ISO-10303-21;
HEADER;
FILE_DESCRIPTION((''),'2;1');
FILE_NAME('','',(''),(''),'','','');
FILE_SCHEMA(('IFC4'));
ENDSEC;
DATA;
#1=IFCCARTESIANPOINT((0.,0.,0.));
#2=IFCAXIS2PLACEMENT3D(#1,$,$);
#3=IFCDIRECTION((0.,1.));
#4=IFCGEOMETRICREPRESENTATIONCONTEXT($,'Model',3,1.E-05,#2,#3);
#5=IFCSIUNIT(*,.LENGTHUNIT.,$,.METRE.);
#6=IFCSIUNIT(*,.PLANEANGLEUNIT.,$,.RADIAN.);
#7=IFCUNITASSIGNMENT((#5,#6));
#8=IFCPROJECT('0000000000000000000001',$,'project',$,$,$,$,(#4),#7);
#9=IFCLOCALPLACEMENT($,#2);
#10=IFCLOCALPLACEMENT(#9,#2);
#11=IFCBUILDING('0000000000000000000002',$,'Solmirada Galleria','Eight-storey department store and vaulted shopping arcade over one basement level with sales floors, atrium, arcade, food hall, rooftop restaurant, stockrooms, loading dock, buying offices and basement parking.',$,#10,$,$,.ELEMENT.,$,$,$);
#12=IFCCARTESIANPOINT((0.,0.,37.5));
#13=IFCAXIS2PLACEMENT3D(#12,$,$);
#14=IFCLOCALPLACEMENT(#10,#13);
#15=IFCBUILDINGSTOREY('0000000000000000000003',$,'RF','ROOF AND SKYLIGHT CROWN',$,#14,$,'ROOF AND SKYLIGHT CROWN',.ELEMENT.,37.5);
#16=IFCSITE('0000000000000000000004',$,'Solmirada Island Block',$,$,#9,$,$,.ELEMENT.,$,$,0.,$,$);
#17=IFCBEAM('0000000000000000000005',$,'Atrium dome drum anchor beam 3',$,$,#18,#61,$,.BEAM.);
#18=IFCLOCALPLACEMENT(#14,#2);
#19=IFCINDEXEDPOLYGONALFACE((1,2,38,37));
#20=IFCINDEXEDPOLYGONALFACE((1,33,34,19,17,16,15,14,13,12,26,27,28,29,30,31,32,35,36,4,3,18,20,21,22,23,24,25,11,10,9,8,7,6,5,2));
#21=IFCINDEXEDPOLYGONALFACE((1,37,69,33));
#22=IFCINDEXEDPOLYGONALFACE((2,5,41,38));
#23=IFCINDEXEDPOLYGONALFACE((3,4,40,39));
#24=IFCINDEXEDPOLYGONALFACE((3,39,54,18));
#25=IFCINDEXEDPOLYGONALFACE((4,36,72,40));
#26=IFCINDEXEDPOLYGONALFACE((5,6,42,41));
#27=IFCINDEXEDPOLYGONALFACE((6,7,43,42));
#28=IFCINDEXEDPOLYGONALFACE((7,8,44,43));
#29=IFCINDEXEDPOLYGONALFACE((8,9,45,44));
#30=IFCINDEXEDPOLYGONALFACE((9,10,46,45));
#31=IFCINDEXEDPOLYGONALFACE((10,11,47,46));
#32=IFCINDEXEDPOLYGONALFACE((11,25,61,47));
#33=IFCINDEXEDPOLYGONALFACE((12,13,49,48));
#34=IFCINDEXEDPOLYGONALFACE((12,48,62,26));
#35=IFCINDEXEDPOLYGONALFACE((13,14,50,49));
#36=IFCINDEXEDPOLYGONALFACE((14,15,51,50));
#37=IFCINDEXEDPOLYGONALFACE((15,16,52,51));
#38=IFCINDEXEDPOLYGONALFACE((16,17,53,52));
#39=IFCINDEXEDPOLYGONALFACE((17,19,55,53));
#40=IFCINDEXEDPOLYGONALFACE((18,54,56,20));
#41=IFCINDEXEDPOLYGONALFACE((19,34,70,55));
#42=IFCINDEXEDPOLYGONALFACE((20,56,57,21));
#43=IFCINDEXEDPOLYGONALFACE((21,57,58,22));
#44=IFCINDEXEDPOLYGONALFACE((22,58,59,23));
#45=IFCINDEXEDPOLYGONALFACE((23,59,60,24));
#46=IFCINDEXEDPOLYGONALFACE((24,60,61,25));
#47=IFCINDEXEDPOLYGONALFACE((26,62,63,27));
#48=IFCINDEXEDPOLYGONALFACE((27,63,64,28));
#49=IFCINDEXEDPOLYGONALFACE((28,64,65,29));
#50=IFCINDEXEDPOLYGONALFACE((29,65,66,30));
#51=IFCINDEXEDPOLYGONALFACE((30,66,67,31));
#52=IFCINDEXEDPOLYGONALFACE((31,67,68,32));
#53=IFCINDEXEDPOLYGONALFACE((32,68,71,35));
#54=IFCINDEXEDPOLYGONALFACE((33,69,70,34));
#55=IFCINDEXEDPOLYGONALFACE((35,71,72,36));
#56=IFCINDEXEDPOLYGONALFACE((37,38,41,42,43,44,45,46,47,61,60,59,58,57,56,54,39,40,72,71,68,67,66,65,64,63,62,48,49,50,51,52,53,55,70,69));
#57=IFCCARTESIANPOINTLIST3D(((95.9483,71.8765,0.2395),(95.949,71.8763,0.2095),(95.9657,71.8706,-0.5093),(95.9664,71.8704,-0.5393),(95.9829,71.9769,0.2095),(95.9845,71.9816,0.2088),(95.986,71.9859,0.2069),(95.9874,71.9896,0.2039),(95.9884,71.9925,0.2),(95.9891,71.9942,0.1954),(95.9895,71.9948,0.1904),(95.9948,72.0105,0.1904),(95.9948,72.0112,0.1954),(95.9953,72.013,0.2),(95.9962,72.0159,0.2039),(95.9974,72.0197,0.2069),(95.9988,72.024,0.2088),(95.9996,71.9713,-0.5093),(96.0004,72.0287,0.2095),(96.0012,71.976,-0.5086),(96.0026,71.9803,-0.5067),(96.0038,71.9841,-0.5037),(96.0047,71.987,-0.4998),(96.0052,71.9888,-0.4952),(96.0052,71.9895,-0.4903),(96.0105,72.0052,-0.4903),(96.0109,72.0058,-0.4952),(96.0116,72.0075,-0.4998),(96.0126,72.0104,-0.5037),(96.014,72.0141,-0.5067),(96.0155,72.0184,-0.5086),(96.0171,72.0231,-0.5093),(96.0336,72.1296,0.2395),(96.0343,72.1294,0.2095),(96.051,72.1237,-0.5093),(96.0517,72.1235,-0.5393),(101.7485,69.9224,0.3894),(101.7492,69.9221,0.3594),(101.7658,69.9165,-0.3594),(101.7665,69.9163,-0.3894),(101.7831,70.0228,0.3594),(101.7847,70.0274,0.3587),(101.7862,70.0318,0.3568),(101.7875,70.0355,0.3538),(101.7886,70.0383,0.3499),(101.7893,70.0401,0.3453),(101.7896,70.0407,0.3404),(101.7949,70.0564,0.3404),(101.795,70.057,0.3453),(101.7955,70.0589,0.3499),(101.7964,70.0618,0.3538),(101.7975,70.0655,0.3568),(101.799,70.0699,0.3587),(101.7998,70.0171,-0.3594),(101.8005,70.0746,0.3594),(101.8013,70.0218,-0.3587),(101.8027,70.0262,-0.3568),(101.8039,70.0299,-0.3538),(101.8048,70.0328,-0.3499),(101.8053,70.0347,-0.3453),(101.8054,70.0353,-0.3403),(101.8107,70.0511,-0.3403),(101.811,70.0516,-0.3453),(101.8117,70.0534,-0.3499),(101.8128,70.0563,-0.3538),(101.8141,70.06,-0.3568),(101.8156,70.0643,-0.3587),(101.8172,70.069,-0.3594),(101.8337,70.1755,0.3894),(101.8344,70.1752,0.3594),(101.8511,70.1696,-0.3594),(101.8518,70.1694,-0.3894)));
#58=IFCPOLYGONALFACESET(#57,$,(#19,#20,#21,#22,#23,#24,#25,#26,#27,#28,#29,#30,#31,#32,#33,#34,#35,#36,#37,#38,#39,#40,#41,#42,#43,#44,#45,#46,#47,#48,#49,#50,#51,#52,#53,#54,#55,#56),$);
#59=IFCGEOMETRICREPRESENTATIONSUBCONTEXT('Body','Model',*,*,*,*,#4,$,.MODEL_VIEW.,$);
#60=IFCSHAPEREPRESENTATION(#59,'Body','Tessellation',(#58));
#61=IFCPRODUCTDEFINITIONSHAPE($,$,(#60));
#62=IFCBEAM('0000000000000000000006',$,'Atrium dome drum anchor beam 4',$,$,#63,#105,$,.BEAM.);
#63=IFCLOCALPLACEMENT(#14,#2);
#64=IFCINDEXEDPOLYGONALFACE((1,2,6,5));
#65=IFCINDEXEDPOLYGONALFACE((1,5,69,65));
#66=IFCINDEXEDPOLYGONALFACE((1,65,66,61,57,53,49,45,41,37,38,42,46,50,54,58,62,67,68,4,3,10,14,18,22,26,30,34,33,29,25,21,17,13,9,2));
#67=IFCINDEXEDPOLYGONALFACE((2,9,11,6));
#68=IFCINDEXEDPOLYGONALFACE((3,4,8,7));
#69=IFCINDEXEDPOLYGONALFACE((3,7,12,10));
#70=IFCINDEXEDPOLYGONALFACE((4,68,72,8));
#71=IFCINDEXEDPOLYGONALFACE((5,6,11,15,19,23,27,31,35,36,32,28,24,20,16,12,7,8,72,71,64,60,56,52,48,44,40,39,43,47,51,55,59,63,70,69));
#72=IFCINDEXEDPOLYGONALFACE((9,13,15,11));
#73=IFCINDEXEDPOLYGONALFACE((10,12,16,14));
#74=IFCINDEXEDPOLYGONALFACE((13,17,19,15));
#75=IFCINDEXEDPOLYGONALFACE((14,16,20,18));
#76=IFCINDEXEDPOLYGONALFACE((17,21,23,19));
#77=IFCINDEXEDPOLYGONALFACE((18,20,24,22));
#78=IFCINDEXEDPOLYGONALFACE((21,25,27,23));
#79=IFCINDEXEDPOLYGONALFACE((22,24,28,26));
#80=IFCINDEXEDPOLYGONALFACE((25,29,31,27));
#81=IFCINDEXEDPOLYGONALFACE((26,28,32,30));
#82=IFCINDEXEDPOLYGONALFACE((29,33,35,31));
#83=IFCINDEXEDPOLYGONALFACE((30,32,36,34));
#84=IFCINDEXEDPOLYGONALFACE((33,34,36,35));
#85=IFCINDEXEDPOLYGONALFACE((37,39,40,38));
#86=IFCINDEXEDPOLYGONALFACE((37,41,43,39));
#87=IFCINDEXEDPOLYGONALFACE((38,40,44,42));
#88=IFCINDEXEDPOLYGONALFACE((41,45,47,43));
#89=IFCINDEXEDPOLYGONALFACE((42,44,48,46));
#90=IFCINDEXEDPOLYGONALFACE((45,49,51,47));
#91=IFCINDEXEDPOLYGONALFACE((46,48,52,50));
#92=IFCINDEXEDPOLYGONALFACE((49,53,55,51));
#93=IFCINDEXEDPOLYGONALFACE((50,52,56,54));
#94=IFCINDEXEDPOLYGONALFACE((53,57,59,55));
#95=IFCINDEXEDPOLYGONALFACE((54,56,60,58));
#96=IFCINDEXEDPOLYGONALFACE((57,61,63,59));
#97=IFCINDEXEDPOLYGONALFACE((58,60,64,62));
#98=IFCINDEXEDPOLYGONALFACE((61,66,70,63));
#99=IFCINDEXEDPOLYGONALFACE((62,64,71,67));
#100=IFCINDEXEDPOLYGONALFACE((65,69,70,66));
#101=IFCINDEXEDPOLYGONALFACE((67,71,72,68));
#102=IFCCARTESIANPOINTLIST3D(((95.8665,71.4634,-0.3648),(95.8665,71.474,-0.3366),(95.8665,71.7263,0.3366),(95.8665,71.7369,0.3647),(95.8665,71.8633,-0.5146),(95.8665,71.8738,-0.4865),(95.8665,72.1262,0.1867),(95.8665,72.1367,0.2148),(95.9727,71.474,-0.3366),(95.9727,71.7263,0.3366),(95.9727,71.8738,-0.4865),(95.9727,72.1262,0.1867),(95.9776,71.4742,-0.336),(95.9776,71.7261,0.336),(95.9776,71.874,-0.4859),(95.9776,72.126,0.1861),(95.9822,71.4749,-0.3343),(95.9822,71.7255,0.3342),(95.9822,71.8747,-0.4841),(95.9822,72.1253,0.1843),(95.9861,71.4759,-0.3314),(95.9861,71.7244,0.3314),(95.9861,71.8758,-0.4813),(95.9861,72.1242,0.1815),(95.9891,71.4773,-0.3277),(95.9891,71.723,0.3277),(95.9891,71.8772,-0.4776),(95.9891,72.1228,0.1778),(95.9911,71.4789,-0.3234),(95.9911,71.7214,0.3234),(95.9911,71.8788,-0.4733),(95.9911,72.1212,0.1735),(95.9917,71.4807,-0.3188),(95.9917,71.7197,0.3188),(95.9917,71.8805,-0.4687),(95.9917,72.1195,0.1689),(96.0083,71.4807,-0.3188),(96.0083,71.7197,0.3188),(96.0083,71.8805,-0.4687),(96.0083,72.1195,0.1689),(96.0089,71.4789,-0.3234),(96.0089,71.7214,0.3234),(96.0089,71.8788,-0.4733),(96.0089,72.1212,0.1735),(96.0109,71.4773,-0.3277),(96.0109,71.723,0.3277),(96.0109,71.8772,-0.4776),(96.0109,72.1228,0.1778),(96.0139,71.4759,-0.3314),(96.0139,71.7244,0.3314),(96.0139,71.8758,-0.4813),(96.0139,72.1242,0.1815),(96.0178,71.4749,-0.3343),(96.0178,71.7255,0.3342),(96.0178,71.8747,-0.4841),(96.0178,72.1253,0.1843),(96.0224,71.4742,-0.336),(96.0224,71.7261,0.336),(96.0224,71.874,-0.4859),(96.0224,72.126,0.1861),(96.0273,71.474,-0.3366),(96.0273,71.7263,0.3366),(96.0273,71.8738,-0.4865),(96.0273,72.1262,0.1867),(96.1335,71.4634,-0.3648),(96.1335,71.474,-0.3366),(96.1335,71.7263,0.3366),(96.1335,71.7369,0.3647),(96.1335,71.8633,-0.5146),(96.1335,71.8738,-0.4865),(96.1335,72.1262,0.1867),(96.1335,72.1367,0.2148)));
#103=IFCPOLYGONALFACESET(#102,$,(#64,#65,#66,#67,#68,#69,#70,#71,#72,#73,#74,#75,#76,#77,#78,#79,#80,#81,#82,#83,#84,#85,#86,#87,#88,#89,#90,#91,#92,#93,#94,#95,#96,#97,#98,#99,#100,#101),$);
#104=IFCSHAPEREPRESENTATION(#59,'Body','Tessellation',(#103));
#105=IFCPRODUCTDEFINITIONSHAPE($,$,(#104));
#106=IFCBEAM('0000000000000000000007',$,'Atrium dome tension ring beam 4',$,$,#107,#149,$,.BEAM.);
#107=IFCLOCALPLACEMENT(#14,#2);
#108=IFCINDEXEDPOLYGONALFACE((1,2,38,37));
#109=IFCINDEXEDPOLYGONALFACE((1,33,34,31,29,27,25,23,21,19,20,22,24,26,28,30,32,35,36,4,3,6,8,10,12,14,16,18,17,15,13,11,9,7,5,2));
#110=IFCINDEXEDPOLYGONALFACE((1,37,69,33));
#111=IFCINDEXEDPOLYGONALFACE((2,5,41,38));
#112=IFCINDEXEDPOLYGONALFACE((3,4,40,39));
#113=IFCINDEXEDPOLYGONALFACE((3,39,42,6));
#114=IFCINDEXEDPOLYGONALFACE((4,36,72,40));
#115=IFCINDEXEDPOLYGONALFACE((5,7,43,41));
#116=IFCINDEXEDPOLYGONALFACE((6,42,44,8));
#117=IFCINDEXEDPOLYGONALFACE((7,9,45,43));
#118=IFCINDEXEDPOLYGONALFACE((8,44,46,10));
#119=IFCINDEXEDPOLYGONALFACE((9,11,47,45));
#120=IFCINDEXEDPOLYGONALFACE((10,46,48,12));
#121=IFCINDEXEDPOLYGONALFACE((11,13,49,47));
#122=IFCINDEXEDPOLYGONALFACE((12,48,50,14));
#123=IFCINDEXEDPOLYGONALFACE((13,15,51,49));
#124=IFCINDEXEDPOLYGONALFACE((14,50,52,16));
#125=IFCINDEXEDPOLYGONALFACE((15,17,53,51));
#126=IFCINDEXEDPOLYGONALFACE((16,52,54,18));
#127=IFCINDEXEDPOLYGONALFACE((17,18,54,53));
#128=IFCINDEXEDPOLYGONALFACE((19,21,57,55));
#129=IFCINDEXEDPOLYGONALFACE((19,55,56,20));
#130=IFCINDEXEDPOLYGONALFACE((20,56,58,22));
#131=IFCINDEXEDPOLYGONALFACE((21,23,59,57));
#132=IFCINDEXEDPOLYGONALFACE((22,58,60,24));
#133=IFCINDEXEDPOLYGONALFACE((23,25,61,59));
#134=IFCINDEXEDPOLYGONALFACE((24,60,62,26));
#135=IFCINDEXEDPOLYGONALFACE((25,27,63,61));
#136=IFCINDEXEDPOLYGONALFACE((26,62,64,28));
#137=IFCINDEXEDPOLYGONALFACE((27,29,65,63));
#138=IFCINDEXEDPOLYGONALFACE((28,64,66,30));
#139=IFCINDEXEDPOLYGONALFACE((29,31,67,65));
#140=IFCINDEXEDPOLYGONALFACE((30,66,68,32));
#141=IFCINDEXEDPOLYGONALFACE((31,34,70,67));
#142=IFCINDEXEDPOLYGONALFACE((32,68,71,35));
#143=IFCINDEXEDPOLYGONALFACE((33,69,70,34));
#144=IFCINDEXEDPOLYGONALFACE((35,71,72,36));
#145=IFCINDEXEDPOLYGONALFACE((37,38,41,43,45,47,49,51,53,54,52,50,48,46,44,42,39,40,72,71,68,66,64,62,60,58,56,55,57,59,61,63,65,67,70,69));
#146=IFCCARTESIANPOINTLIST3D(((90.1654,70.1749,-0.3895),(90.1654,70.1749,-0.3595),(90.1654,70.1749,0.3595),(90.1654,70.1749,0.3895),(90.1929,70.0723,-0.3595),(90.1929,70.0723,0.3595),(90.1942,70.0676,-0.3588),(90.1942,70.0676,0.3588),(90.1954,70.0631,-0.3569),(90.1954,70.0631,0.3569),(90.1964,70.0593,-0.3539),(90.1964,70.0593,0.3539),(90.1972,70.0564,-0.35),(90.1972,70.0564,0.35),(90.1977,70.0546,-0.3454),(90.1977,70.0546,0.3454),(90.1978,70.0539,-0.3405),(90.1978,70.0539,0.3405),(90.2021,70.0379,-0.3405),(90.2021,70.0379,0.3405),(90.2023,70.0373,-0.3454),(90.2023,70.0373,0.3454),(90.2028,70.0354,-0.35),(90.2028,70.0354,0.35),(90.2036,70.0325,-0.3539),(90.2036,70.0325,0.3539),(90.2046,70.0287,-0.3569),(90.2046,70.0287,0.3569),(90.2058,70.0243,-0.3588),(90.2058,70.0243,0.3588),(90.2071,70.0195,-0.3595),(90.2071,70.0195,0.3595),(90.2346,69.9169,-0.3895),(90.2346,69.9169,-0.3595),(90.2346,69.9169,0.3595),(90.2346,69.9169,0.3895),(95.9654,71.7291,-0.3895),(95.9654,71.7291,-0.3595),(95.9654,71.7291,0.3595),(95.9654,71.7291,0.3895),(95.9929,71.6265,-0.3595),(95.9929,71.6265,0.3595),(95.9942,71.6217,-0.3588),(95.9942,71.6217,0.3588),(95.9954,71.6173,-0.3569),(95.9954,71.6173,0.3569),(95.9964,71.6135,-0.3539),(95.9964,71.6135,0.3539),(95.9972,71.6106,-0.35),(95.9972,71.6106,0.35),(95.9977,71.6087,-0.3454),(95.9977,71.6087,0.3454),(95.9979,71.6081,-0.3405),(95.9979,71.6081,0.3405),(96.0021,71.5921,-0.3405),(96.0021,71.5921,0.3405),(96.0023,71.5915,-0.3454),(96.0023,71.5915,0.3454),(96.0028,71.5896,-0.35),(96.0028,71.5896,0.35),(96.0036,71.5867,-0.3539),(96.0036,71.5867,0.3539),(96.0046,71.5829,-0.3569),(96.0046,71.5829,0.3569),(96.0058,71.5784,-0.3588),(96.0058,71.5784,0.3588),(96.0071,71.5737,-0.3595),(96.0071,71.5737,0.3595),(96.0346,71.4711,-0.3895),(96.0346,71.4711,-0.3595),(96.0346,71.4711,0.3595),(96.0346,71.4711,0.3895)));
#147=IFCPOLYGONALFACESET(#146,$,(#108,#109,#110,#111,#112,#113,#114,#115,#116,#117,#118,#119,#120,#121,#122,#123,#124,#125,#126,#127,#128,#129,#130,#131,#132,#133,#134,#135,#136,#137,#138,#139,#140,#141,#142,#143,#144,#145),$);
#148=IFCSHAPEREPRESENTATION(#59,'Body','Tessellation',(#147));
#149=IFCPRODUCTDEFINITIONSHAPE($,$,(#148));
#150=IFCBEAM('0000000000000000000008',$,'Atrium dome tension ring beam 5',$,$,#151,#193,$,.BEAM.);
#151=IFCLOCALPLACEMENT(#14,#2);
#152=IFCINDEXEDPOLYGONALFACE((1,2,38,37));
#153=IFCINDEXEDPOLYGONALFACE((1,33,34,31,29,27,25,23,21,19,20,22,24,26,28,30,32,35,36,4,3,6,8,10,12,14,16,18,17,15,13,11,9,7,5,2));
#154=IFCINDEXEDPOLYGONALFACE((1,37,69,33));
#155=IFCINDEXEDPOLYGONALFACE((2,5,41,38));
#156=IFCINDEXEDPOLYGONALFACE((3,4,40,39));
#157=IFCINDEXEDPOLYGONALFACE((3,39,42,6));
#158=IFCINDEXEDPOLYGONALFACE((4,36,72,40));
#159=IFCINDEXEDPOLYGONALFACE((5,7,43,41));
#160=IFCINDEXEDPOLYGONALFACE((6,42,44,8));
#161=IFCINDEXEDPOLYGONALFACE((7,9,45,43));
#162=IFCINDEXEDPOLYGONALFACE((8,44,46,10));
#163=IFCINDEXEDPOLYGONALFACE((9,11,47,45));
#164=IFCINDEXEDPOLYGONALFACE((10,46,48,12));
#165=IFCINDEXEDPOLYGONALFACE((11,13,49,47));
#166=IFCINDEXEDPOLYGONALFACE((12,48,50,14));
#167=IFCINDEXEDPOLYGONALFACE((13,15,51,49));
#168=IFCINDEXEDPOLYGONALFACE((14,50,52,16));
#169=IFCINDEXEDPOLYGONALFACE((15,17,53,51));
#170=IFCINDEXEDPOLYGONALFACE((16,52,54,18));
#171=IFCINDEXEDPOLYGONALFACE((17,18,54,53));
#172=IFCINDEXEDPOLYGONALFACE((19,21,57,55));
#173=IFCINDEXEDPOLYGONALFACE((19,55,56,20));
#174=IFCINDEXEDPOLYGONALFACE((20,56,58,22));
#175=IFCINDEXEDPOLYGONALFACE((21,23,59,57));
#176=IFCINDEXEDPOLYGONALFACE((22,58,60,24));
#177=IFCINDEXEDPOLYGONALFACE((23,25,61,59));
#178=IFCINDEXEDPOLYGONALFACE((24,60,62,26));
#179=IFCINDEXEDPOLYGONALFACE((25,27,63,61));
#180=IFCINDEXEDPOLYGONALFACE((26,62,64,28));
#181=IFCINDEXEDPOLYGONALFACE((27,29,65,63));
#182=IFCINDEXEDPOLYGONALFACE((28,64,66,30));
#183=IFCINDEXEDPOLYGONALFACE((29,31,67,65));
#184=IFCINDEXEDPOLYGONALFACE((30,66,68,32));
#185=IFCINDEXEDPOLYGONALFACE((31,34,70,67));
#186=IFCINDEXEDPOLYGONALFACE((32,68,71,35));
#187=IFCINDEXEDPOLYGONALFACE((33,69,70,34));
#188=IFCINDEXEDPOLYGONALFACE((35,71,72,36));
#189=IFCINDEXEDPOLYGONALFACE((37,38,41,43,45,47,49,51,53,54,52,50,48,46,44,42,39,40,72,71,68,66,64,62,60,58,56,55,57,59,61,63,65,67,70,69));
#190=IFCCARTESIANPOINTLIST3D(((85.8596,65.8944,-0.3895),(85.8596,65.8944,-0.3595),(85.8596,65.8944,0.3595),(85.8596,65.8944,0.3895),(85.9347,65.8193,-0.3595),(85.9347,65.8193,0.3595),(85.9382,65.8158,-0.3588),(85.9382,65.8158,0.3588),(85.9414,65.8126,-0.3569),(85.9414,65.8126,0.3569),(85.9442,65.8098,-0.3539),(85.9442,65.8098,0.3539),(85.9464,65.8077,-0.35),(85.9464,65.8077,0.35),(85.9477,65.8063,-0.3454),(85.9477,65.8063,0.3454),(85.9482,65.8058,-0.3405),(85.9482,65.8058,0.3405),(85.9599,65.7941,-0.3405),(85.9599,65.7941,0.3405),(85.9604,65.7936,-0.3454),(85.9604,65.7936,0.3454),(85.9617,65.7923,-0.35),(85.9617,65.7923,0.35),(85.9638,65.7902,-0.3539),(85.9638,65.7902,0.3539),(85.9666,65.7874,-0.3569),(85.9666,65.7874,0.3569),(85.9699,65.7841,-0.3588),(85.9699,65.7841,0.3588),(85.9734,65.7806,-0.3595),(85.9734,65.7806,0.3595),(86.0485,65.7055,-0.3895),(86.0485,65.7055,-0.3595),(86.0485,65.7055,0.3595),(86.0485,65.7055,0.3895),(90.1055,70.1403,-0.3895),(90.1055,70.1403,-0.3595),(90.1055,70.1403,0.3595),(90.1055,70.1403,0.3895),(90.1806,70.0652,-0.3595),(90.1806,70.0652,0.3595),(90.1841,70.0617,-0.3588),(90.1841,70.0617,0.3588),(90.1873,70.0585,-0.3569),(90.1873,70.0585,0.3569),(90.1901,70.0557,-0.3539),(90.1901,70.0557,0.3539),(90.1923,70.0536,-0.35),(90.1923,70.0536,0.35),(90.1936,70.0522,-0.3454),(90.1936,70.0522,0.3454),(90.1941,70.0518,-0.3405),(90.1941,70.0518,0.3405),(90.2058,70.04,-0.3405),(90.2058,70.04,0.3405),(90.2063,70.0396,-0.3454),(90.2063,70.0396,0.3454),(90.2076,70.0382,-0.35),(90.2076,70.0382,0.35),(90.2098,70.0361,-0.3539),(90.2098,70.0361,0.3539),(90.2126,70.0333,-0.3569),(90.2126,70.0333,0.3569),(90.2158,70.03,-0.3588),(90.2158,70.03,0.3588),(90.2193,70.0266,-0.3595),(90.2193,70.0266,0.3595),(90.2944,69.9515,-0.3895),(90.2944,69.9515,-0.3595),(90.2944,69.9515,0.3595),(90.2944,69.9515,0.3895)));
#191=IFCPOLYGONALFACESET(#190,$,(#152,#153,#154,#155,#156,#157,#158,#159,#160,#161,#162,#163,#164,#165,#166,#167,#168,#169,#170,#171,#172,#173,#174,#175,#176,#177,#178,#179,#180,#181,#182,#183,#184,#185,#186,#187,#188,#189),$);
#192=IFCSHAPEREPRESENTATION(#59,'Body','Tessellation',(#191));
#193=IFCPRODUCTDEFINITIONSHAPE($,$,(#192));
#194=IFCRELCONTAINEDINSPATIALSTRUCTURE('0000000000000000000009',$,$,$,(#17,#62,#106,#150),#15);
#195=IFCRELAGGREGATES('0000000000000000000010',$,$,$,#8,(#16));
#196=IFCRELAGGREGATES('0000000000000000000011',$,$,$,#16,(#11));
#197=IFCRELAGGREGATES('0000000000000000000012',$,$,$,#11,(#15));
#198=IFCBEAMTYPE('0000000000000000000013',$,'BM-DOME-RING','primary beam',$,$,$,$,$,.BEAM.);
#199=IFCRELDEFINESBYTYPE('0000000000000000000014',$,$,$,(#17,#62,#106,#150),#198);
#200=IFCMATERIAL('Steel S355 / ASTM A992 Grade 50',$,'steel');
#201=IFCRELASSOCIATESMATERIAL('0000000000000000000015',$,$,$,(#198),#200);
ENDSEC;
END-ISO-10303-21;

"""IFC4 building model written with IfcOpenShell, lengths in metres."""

from ifc_helpers import new_model, si_unit, direction, frame, origin, origin_2d, place, context, subcontext, project, spatial, i_section, extrude, material, material_profile, profile_set, type_object, element, save


model = new_model("IFC4")

# Units and contexts
model_context = context("Model", 3, precision=1e-05, world=origin(), true_north=direction((0.0, 1.0)))
body_context = subcontext(model_context, "Body", "Model", "MODEL_VIEW")
ifc_project = project(units=[si_unit("LENGTHUNIT", "METRE"), si_unit("PLANEANGLEUNIT", "RADIAN")], contexts=[model_context])

# Site, building, storey
site_placement = place(None, origin())
site = spatial("IfcSite", under=ifc_project, at=site_placement, Name="Solmirada Island Block", CompositionType="ELEMENT", RefElevation=0.0)
building_placement = place(site_placement, origin())
building = spatial("IfcBuilding", under=site, at=building_placement, Name="Solmirada Galleria", Description="Eight-storey department store and vaulted shopping arcade over one basement level with sales floors, atrium, arcade, food hall, rooftop restaurant, stockrooms, loading dock, buying offices and basement parking.", CompositionType="ELEMENT")
storey_placement = place(building_placement, frame((0.0, 0.0, 37.5)))
storey = spatial("IfcBuildingStorey", under=building, at=storey_placement, Name="RF", Description="ROOF AND SKYLIGHT CROWN", LongName="ROOF AND SKYLIGHT CROWN", CompositionType="ELEMENT", Elevation=37.5)

# Beams
ifc_material_1 = material(Name="Steel S355 / ASTM A992 Grade 50", Category="steel")
ifc_material_profile_1 = material_profile(ifc_material_1, i_section(OverallWidth=0.2671, OverallDepth=0.7791, WebThickness=0.0166, FlangeThickness=0.03, FilletRadius=0.019, at=origin_2d()), Name="W30X148")
ifc_profile_set_1 = profile_set([ifc_material_profile_1], Name="Steel S355 / ASTM A992 Grade 50")
beam_type = type_object("IfcBeamType", Name="BM-DOME-RING", Description="primary beam", PredefinedType="BEAM", material=ifc_profile_set_1)
beam_1_placement = place(storey_placement, frame((96.0, 72.0, -0.1499), z_axis=(0.947377, -0.319182, 0.024485), x_axis=(0.319278, 0.947661, 0.0)))
element("IfcBeam", 1, at=beam_1_placement, inside=storey, type_object=beam_type, Name="Atrium dome drum anchor beam 3", PredefinedType="BEAM", context=body_context, shape_type="SweptSolid", body=[
    extrude(i_section(OverallWidth=0.2671, OverallDepth=0.7791, WebThickness=0.0166, FlangeThickness=0.03, FilletRadius=0.019, at=origin_2d()), origin(), (0.0, 0.0, 1.0), 6.1223),
])
beam_2_placement = place(storey_placement, frame((96.0, 72.0, -0.1499), z_axis=(0.0, -0.936376, 0.350998), x_axis=(1.0, 0.0, 0.0)))
element("IfcBeam", 2, at=beam_2_placement, inside=storey, type_object=beam_type, Name="Atrium dome drum anchor beam 4", PredefinedType="BEAM", context=body_context, shape_type="SweptSolid", body=[
    extrude(i_section(OverallWidth=0.2671, OverallDepth=0.7791, WebThickness=0.0166, FlangeThickness=0.03, FilletRadius=0.019, at=origin_2d()), origin(), (0.0, 0.0, 1.0), 0.427),
])
for number, where, z_axis, x_axis, name in (
    (3, (96.0, 71.6001, 0.0), (-0.965922, -0.258832, 0.0), (0.258832, -0.965922, 0.0), "Atrium dome tension ring beam 4"),
    (4, (90.2, 70.0459, 0.0), (-0.707107, -0.707107, 0.0), (0.707107, -0.707107, 0.0), "Atrium dome tension ring beam 5"),
):
    element("IfcBeam", number, at=place(storey_placement, frame(where, z_axis=z_axis, x_axis=x_axis)), inside=storey, type_object=beam_type, Name=name, PredefinedType="BEAM", context=body_context, shape_type="SweptSolid", body=[
        extrude(i_section(OverallWidth=0.2671, OverallDepth=0.7791, WebThickness=0.0166, FlangeThickness=0.03, FilletRadius=0.019, at=origin_2d()), origin(), (0.0, 0.0, 1.0), 6.0046),
    ])

save(model, "model.ifc")
